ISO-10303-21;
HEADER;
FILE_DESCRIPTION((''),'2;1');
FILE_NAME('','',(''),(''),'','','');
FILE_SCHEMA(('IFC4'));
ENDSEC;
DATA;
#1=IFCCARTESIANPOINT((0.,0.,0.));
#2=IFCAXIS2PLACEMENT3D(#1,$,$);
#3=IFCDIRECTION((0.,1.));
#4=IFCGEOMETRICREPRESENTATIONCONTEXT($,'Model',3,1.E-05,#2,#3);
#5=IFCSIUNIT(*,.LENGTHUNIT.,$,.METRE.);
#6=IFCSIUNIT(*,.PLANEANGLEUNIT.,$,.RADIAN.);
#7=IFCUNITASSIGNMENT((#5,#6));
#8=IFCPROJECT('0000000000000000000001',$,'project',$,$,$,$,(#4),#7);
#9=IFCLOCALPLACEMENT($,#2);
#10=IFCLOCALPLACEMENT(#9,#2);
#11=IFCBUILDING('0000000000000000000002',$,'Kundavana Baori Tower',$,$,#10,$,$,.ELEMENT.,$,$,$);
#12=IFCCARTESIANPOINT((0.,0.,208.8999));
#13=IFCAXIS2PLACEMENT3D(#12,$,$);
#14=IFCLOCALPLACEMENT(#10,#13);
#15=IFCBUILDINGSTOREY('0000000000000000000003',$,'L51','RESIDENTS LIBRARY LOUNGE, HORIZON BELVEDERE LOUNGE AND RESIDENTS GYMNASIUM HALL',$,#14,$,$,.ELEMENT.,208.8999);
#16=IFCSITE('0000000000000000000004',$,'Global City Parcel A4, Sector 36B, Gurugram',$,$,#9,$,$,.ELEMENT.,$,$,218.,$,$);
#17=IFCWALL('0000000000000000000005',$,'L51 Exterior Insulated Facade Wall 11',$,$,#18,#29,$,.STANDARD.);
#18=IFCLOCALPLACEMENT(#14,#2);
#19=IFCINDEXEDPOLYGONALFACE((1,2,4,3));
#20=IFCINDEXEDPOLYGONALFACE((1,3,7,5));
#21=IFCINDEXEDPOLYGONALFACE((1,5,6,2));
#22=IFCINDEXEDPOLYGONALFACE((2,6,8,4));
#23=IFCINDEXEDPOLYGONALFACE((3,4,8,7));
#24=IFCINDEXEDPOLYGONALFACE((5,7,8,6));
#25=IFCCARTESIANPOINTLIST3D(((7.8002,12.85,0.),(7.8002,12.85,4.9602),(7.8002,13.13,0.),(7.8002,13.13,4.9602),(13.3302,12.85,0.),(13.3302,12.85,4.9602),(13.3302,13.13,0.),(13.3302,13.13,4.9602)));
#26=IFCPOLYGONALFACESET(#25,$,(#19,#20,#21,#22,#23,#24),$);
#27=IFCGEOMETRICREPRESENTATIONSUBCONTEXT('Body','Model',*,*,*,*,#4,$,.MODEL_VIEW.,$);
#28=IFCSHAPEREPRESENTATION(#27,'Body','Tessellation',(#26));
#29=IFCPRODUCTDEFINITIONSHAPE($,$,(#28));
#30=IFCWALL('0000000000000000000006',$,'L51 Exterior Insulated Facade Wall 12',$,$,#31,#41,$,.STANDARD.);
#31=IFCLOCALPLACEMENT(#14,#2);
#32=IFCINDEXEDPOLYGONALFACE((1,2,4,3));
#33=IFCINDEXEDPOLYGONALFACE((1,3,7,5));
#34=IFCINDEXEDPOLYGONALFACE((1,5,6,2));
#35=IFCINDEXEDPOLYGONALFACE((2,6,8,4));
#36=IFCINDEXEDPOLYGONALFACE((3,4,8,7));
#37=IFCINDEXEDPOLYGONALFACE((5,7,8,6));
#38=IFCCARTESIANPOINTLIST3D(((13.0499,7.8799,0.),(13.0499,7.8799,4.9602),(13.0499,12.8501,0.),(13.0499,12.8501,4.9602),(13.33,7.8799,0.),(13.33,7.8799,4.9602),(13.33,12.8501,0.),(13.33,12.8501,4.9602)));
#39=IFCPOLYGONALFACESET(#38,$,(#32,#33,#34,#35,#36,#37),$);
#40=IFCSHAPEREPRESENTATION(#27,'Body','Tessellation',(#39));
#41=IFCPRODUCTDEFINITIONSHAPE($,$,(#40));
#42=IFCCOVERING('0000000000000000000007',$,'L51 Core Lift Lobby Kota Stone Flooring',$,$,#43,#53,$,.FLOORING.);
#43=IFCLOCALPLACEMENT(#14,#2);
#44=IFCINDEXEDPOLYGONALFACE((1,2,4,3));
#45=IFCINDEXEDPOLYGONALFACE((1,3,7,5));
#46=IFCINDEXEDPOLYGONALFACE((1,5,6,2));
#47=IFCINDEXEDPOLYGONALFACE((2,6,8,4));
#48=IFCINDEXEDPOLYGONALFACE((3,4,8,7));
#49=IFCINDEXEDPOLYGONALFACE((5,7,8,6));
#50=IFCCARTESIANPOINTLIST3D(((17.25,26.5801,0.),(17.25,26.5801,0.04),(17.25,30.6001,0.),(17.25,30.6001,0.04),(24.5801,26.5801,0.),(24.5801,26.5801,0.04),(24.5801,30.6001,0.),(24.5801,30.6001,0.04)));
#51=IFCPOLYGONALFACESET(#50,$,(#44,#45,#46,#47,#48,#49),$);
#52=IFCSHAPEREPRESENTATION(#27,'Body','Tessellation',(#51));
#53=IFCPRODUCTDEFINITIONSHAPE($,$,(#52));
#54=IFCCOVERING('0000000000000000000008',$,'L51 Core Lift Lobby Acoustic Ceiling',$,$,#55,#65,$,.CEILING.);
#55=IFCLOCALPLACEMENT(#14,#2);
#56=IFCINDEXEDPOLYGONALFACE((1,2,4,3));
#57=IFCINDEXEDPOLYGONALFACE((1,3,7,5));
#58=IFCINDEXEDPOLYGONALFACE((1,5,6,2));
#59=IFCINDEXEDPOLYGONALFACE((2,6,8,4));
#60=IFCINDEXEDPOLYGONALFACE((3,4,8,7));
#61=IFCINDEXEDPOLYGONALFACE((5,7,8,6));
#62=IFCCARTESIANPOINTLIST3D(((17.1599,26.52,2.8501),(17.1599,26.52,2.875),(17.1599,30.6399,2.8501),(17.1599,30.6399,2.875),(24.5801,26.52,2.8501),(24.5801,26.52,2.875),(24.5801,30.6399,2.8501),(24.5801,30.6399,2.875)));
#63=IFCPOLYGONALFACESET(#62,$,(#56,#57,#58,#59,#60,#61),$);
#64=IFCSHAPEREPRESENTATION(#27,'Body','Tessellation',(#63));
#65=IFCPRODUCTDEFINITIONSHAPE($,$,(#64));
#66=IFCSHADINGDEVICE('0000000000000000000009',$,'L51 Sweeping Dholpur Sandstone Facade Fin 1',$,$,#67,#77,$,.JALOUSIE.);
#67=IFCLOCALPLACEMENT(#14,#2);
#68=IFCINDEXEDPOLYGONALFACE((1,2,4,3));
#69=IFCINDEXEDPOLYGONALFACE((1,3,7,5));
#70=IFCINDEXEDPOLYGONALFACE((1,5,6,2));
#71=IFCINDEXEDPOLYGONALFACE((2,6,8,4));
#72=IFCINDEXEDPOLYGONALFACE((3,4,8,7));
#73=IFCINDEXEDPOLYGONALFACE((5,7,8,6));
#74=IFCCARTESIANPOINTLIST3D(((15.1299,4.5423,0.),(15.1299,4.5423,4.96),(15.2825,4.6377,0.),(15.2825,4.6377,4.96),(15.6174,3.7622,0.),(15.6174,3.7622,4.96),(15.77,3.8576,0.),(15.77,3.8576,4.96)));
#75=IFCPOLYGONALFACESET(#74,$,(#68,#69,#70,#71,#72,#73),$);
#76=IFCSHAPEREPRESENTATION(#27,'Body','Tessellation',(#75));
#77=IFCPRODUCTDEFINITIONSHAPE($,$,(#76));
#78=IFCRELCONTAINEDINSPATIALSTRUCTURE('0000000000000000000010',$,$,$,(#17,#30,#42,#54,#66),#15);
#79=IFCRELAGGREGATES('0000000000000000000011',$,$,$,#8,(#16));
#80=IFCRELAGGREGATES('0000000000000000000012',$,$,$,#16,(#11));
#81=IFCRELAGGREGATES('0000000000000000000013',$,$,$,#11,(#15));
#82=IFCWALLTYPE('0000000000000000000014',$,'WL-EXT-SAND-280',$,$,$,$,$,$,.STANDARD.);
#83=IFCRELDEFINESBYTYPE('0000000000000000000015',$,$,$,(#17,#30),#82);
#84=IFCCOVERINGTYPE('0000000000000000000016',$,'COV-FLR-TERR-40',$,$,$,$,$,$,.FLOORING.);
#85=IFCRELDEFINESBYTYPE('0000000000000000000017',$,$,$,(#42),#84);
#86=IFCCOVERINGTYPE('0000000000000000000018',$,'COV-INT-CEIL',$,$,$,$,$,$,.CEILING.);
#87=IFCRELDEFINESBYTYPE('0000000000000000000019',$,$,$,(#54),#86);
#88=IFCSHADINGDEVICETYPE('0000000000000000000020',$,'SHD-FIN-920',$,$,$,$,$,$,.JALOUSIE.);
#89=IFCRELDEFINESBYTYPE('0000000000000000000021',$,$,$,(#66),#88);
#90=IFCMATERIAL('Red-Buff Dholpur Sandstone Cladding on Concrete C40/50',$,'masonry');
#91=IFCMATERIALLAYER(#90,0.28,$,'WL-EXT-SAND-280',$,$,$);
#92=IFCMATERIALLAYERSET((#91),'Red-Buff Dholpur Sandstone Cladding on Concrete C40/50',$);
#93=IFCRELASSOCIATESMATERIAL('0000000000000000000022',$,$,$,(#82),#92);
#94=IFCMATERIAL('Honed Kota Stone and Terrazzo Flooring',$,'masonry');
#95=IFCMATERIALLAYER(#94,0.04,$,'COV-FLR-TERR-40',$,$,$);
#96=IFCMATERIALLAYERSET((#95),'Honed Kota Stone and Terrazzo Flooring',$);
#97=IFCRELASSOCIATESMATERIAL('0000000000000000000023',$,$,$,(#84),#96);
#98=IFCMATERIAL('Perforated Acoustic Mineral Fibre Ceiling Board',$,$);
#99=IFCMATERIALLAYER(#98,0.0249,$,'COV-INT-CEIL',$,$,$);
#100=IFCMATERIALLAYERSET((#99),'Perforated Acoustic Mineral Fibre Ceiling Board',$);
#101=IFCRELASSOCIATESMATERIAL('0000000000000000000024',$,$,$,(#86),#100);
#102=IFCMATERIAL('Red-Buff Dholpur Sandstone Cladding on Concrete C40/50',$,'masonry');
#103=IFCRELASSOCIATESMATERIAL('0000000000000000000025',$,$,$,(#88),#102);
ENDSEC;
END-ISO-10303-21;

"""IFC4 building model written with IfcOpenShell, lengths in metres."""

from ifc_helpers import new_model, si_unit, direction, frame, frame_2d, origin, origin_2d, place, context, subcontext, project, spatial, polyline, rectangle, outline, extrude, material, layer, layer_set, type_object, element, save


model = new_model("IFC4")

# Units and contexts
model_context = context("Model", 3, precision=1e-05, world=origin(), true_north=direction((0.0, 1.0)))
body_context = subcontext(model_context, "Body", "Model", "MODEL_VIEW")
ifc_project = project(units=[si_unit("LENGTHUNIT", "METRE"), si_unit("PLANEANGLEUNIT", "RADIAN")], contexts=[model_context])

# Site, building, storey
site_placement = place(None, origin())
site = spatial("IfcSite", under=ifc_project, at=site_placement, Name="Global City Parcel A4, Sector 36B, Gurugram", CompositionType="ELEMENT", RefElevation=218.0)
building_placement = place(site_placement, origin())
building = spatial("IfcBuilding", under=site, at=building_placement, Name="Kundavana Baori Tower", CompositionType="ELEMENT")
storey_placement = place(building_placement, frame((0.0, 0.0, 208.8999)))
storey = spatial("IfcBuildingStorey", under=building, at=storey_placement, Name="L51", Description="RESIDENTS LIBRARY LOUNGE, HORIZON BELVEDERE LOUNGE AND RESIDENTS GYMNASIUM HALL", CompositionType="ELEMENT", Elevation=208.8999)

# Shared definitions
ifc_material_1 = material(Name="Red-Buff Dholpur Sandstone Cladding on Concrete C40/50", Category="masonry")
ifc_layer_1 = layer(ifc_material_1, 0.28, Name="WL-EXT-SAND-280")
ifc_layer_set_1 = layer_set([ifc_layer_1], Name="Red-Buff Dholpur Sandstone Cladding on Concrete C40/50")
wall_type = type_object("IfcWallType", Name="WL-EXT-SAND-280", PredefinedType="STANDARD", material=ifc_layer_set_1)

# Walls
wall_1_placement = place(storey_placement, frame((7.8, 12.99, 0.0), z_axis=(0.0, 0.0, 1.0), x_axis=(1.0, 0.0, 0.0)))
element("IfcWall", 1, at=wall_1_placement, inside=storey, type_object=wall_type, Name="L51 Exterior Insulated Facade Wall 11", PredefinedType="STANDARD", context=body_context, shape_type="SweptSolid", body=[
    extrude(rectangle(XDim=5.53, YDim=0.28, at=frame_2d((2.7651, 0.0))), origin(), (0.0, 0.0, 1.0), 4.9602),
])
wall_2_placement = place(storey_placement, frame((13.1899, 12.8501, 0.0), z_axis=(0.0, 0.0, 1.0), x_axis=(0.0, -1.0, 0.0)))
element("IfcWall", 2, at=wall_2_placement, inside=storey, type_object=wall_type, Name="L51 Exterior Insulated Facade Wall 12", PredefinedType="STANDARD", context=body_context, shape_type="SweptSolid", body=[
    extrude(rectangle(XDim=4.9702, YDim=0.28, at=frame_2d((2.4851, 0.0))), origin(), (0.0, 0.0, 1.0), 4.9602),
])

# Coverings
ifc_material_2 = material(Name="Honed Kota Stone and Terrazzo Flooring", Category="masonry")
ifc_layer_2 = layer(ifc_material_2, 0.04, Name="COV-FLR-TERR-40")
ifc_layer_set_2 = layer_set([ifc_layer_2], Name="Honed Kota Stone and Terrazzo Flooring")
covering_type_1 = type_object("IfcCoveringType", Name="COV-FLR-TERR-40", PredefinedType="FLOORING", material=ifc_layer_set_2)
covering_1_placement = place(storey_placement, origin())
element("IfcCovering", 3, at=covering_1_placement, inside=storey, type_object=covering_type_1, Name="L51 Core Lift Lobby Kota Stone Flooring", PredefinedType="FLOORING", context=body_context, shape_type="SweptSolid", body=[
    extrude(outline(polyline([(17.25, 26.5801), (24.5801, 26.5801), (24.5801, 30.6001), (17.25, 30.6001), (17.25, 26.5801)])), origin(), (0.0, 0.0, 1.0), 0.04),
])
ifc_material_3 = material(Name="Perforated Acoustic Mineral Fibre Ceiling Board")
ifc_layer_3 = layer(ifc_material_3, 0.0249, Name="COV-INT-CEIL")
ifc_layer_set_3 = layer_set([ifc_layer_3], Name="Perforated Acoustic Mineral Fibre Ceiling Board")
covering_type_2 = type_object("IfcCoveringType", Name="COV-INT-CEIL", PredefinedType="CEILING", material=ifc_layer_set_3)
covering_2_placement = place(storey_placement, frame((0.0, 0.0, 2.8501)))
element("IfcCovering", 4, at=covering_2_placement, inside=storey, type_object=covering_type_2, Name="L51 Core Lift Lobby Acoustic Ceiling", PredefinedType="CEILING", context=body_context, shape_type="SweptSolid", body=[
    extrude(outline(polyline([(17.1599, 26.52), (24.5801, 26.52), (24.5801, 30.6399), (17.1599, 30.6399), (17.1599, 26.52)])), origin(), (0.0, 0.0, 1.0), 0.0249),
])

# Shading device
ifc_material_4 = material(Name="Red-Buff Dholpur Sandstone Cladding on Concrete C40/50", Category="masonry")
shading_device_type = type_object("IfcShadingDeviceType", Name="SHD-FIN-920", PredefinedType="JALOUSIE", material=ifc_material_4)
shading_device_placement = place(storey_placement, frame((15.45, 4.2, 0.0), z_axis=(0.0, 0.0, 1.0), x_axis=(0.848048, 0.529919, 0.0)))
element("IfcShadingDevice", 5, at=shading_device_placement, inside=storey, type_object=shading_device_type, Name="L51 Sweeping Dholpur Sandstone Facade Fin 1", PredefinedType="JALOUSIE", context=body_context, shape_type="SweptSolid", body=[
    extrude(rectangle(XDim=0.1799, YDim=0.9199, at=origin_2d()), origin(), (0.0, 0.0, 1.0), 4.96),
])

save(model, "model.ifc")
